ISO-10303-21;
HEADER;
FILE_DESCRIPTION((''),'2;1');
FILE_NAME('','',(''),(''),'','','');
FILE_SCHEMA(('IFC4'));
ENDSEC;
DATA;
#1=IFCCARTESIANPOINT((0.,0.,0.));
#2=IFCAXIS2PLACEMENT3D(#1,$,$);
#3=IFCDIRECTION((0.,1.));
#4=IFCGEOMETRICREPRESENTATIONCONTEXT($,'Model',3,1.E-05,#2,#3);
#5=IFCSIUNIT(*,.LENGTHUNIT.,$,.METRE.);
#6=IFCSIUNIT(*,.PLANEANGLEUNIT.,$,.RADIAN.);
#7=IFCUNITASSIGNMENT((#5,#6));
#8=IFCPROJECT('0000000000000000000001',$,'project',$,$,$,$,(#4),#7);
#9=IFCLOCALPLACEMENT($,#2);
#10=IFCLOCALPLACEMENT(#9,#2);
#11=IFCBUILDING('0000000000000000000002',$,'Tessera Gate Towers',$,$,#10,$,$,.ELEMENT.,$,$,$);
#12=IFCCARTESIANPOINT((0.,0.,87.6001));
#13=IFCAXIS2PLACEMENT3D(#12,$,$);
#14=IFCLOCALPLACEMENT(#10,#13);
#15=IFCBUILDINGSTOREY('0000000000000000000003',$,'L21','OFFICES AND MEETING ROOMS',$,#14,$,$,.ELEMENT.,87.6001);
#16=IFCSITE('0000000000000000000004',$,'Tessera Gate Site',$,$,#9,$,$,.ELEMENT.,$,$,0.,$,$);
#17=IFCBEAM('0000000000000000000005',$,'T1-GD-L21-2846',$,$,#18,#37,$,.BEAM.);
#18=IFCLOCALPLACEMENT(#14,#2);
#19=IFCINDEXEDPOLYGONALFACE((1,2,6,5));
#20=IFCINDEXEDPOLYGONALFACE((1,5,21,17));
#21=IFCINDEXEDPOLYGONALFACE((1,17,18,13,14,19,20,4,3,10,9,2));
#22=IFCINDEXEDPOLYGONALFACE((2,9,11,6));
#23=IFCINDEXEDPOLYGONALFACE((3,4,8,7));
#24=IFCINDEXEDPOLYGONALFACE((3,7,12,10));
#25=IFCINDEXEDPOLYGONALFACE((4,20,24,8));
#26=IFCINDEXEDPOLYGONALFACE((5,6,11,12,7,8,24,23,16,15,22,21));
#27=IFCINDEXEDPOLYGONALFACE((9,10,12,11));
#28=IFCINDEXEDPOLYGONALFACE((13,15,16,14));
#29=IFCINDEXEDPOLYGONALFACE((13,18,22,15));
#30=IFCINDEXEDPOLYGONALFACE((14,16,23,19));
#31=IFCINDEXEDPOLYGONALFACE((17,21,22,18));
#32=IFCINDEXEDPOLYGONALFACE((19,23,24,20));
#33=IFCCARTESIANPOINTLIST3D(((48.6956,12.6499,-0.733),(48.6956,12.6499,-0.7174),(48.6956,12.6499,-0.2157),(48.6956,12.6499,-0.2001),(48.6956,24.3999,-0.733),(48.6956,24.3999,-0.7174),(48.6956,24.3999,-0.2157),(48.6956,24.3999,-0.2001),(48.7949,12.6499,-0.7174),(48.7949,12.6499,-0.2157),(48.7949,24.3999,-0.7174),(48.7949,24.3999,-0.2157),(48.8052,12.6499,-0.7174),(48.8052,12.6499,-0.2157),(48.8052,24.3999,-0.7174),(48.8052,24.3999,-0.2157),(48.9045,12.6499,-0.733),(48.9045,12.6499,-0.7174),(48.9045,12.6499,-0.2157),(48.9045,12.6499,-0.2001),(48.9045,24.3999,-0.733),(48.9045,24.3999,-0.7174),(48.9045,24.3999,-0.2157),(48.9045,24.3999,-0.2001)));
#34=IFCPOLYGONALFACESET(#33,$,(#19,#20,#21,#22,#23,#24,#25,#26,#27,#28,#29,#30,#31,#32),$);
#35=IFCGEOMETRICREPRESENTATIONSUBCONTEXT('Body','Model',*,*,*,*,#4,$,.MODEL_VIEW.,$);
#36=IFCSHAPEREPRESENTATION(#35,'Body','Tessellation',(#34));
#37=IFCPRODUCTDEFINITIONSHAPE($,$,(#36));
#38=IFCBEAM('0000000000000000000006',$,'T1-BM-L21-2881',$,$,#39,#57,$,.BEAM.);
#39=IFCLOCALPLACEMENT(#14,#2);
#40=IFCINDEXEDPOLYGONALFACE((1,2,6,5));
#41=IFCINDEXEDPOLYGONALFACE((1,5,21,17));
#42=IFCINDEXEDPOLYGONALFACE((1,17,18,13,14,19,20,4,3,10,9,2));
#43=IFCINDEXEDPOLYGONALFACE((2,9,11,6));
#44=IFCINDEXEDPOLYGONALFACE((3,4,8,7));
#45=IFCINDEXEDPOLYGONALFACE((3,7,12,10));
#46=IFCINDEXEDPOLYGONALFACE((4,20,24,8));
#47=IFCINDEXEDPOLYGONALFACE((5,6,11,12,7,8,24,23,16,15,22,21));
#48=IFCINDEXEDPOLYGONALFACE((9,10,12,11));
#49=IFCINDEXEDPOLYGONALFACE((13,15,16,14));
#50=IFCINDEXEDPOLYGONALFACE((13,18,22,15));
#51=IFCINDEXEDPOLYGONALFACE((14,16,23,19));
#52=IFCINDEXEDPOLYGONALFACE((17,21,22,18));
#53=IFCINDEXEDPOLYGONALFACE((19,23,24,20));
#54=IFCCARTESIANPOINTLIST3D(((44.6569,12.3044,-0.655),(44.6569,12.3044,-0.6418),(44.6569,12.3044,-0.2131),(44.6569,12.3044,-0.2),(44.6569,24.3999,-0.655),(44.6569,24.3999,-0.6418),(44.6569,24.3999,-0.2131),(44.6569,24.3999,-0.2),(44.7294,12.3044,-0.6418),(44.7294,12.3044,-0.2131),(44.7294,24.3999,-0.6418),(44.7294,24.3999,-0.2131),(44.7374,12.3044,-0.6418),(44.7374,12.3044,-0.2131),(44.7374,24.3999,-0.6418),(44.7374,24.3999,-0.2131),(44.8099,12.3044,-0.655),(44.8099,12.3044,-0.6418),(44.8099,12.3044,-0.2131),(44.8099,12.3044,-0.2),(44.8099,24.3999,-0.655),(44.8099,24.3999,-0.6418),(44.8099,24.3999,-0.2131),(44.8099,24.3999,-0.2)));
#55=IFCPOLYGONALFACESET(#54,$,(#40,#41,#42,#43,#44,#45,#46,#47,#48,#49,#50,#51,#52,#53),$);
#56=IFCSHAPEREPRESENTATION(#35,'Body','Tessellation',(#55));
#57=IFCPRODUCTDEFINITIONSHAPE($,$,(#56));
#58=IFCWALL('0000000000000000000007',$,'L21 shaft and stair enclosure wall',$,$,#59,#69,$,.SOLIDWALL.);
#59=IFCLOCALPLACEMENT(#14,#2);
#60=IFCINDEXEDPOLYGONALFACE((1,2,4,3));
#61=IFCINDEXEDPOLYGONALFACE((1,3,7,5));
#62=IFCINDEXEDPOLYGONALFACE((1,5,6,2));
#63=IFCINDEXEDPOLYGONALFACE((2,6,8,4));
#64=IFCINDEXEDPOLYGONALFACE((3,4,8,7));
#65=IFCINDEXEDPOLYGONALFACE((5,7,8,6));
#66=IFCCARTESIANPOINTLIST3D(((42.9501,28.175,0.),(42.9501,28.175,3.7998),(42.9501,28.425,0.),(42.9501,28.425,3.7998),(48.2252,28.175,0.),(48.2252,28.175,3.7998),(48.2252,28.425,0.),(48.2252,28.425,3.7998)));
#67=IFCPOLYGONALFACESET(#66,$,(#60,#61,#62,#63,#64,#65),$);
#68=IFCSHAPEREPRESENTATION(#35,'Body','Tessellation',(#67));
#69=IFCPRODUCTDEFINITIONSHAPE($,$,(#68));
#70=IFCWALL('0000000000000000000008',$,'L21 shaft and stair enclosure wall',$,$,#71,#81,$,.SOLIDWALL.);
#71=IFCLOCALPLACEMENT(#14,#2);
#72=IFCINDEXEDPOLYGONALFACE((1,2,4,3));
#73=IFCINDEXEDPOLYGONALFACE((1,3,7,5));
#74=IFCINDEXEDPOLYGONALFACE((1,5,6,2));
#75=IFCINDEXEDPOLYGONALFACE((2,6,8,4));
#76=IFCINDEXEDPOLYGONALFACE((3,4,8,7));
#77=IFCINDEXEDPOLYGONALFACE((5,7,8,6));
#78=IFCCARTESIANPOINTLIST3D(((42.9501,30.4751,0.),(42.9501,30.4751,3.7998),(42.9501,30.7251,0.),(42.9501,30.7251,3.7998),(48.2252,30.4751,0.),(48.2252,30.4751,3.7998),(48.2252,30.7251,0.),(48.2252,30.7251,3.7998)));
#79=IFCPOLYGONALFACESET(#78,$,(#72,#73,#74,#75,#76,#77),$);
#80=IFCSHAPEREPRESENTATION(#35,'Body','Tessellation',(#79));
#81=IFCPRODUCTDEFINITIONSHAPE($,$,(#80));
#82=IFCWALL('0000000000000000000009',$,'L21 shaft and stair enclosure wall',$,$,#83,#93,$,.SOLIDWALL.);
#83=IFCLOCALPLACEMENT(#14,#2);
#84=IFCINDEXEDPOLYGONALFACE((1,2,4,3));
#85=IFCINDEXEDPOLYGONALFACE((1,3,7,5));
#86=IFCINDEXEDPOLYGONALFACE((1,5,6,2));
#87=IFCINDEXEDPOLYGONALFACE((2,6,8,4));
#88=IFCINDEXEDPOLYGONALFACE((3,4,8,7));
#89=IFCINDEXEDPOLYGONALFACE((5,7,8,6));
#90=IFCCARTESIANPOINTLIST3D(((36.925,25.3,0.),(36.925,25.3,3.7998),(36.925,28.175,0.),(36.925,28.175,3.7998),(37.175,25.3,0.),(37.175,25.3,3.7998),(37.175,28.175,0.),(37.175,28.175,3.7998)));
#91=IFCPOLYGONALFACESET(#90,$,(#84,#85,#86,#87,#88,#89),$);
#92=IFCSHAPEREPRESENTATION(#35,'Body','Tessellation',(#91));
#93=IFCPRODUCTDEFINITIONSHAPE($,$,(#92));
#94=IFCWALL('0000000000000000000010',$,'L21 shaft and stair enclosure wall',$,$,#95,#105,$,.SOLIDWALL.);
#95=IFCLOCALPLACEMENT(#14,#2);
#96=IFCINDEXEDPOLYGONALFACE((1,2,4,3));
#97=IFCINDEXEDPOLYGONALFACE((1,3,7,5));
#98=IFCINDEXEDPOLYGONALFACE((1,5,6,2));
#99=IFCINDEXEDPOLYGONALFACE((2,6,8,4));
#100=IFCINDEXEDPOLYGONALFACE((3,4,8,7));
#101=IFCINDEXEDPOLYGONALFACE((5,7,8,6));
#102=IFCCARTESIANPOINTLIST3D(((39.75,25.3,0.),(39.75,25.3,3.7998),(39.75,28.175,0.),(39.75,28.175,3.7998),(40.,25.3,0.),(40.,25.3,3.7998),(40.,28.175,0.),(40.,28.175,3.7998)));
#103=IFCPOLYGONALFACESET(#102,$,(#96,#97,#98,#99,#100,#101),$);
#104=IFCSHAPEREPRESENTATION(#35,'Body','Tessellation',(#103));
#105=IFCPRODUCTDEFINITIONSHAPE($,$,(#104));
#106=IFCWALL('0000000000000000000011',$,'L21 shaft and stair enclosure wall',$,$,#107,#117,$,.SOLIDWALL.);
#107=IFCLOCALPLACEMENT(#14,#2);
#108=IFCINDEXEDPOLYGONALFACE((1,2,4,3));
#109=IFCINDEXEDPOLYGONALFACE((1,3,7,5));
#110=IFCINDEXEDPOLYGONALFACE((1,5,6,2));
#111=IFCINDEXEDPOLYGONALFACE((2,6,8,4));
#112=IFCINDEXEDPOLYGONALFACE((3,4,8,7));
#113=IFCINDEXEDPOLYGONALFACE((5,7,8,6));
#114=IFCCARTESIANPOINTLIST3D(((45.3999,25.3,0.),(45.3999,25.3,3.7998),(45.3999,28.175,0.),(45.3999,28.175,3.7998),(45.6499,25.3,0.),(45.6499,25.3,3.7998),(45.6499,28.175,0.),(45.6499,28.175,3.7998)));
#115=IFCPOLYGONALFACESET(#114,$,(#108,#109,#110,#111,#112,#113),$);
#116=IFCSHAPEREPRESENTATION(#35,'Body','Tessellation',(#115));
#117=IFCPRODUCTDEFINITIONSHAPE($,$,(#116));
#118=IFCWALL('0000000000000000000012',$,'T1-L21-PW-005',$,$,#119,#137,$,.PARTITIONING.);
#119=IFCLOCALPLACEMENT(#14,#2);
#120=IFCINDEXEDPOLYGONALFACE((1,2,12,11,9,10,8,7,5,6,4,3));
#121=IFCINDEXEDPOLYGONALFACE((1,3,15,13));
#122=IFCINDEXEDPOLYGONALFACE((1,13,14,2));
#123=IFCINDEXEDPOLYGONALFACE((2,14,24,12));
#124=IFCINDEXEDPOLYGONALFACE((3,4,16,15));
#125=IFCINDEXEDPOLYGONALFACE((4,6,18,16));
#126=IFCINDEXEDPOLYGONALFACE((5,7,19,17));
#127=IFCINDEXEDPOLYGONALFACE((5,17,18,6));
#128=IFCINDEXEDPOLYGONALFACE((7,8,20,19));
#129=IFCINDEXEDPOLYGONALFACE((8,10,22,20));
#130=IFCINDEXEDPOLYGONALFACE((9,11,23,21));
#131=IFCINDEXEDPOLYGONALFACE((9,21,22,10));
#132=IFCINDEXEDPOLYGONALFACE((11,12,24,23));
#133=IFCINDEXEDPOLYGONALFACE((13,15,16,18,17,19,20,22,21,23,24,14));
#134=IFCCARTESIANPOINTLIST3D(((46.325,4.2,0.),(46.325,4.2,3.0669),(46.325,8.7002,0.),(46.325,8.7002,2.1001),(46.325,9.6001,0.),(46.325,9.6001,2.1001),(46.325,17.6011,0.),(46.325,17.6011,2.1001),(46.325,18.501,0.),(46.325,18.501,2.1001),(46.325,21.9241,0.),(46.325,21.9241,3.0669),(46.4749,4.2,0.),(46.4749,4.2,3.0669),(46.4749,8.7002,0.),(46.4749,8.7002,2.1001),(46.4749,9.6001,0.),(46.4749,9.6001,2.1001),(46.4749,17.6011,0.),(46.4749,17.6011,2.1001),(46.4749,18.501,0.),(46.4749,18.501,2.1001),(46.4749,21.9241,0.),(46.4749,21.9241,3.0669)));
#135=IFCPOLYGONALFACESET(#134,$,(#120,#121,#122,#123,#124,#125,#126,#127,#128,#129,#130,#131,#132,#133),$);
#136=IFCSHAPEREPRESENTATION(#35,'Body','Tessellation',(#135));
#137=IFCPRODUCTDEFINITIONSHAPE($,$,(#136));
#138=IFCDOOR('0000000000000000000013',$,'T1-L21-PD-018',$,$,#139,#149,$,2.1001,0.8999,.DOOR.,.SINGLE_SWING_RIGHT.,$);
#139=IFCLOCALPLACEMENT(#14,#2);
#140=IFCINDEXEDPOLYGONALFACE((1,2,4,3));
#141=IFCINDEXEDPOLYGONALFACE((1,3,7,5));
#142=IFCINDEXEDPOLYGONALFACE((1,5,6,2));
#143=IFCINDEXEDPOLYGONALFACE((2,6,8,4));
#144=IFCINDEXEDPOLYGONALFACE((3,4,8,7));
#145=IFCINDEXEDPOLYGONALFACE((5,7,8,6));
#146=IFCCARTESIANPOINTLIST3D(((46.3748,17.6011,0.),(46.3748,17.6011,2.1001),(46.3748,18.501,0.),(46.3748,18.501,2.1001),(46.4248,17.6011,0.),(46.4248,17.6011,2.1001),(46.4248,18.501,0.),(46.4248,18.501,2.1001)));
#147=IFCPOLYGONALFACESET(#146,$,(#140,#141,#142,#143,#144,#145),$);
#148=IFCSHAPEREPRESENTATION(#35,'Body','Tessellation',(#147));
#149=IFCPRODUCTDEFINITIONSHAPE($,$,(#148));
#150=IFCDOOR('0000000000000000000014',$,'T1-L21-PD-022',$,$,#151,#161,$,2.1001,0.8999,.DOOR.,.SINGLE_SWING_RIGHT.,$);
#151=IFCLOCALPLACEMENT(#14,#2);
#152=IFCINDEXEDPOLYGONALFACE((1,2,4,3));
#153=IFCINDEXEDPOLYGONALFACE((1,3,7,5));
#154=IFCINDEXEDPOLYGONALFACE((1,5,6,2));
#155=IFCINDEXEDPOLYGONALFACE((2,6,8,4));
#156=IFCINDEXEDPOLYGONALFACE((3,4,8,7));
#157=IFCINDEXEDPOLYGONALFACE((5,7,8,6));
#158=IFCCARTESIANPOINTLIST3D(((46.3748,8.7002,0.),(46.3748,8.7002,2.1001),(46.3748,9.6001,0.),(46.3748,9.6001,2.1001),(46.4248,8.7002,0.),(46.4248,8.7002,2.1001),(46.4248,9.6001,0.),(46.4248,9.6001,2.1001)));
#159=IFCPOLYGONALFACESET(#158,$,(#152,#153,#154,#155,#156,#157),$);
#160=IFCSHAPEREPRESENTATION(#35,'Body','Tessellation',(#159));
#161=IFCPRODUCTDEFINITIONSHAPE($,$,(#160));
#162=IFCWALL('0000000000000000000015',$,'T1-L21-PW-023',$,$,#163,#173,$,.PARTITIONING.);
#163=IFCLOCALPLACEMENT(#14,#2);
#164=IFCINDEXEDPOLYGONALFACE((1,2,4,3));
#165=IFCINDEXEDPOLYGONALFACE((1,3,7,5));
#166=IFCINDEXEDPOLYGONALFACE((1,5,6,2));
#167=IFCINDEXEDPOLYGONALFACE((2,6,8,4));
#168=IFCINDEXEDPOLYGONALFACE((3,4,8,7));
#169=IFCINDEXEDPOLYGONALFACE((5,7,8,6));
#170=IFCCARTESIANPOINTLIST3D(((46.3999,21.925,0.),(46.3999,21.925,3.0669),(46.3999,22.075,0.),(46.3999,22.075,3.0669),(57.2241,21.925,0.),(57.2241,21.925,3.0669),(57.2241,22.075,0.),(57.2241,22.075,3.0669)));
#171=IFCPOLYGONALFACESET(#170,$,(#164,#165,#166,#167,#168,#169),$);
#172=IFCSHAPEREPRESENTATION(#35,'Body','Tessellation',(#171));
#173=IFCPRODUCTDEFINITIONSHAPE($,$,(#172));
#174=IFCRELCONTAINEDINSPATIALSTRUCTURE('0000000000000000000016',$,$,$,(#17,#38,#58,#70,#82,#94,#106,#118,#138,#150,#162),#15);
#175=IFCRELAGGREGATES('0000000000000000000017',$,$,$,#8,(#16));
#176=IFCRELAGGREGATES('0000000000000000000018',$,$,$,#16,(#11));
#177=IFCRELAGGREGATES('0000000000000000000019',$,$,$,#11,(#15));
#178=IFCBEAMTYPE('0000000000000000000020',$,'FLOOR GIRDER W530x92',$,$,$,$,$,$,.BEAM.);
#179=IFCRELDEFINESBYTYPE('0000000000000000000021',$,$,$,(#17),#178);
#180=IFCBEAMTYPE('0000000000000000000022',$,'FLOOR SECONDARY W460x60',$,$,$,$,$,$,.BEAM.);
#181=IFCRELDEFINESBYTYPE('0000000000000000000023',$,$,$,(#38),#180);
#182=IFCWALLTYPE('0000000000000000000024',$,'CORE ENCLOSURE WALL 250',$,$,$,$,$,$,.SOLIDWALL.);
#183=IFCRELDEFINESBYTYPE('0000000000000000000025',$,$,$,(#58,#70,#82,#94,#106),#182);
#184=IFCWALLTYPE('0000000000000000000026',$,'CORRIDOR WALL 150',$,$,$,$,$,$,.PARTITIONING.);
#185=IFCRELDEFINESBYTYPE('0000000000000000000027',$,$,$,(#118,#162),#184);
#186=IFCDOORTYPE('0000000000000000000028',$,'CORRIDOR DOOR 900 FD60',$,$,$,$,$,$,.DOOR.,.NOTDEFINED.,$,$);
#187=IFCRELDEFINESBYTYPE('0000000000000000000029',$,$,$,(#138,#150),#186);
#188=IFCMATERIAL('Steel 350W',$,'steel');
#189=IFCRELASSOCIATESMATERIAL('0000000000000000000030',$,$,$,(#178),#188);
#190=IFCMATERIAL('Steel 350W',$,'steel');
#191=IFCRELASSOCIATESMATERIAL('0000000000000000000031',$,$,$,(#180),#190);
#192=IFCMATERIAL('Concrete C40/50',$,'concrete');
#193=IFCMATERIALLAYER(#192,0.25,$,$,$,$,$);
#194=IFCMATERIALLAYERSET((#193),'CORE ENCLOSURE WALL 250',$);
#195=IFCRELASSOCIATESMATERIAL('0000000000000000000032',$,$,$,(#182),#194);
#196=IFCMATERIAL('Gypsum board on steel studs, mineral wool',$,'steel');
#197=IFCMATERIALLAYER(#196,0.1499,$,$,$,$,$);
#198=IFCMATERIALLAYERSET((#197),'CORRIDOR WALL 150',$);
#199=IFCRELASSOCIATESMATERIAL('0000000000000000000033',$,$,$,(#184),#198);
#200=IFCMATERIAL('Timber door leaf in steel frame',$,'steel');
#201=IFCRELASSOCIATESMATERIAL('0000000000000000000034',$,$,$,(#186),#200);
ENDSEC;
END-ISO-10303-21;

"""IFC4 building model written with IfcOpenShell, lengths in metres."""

from ifc_helpers import new_model, si_unit, direction, frame, frame_2d, origin, origin_2d, place, context, subcontext, project, spatial, rectangle, i_section, extrude, source, transform, mapped, material, layer, layer_set, material_profile, profile_set, type_object, element, fill, save


model = new_model("IFC4")

# Units and contexts
model_context = context("Model", 3, precision=1e-05, world=origin(), true_north=direction((0.0, 1.0)))
body_context = subcontext(model_context, "Body", "Model", "MODEL_VIEW")
ifc_project = project(units=[si_unit("LENGTHUNIT", "METRE"), si_unit("PLANEANGLEUNIT", "RADIAN")], contexts=[model_context])

# Site, building, storey
site_placement = place(None, origin())
site = spatial("IfcSite", under=ifc_project, at=site_placement, Name="Tessera Gate Site", CompositionType="ELEMENT", RefElevation=0.0)
building_placement = place(site_placement, origin())
building = spatial("IfcBuilding", under=site, at=building_placement, Name="Tessera Gate Towers", CompositionType="ELEMENT")
storey_placement = place(building_placement, frame((0.0, 0.0, 87.6001)))
storey = spatial("IfcBuildingStorey", under=building, at=storey_placement, Name="L21", Description="OFFICES AND MEETING ROOMS", CompositionType="ELEMENT", Elevation=87.6001)

# Beams
ifc_material_1 = material(Name="Steel 350W", Category="steel")
ifc_material_profile_1 = material_profile(ifc_material_1, i_section(OverallWidth=0.209, OverallDepth=0.533, WebThickness=0.0103, FlangeThickness=0.0156, at=origin_2d()), Name="W530x92")
ifc_profile_set_1 = profile_set([ifc_material_profile_1], Name="Steel 350W")
beam_type_1 = type_object("IfcBeamType", Name="FLOOR GIRDER W530x92", PredefinedType="BEAM", material=ifc_profile_set_1)
beam_1_placement = place(storey_placement, frame((48.8, 12.6499, -0.4666), z_axis=(0.0, 1.0, 0.0), x_axis=(-1.0, 0.0, 0.0)))
element("IfcBeam", 1, at=beam_1_placement, inside=storey, type_object=beam_type_1, Name="T1-GD-L21-2846", PredefinedType="BEAM", context=body_context, shape_type="SweptSolid", body=[
    extrude(i_section(OverallWidth=0.209, OverallDepth=0.533, WebThickness=0.0103, FlangeThickness=0.0156, at=origin_2d()), origin(), (0.0, 0.0, 1.0), 11.75),
])
ifc_material_2 = material(Name="Steel 350W", Category="steel")
ifc_material_profile_2 = material_profile(ifc_material_2, i_section(OverallWidth=0.1531, OverallDepth=0.4551, WebThickness=0.0081, FlangeThickness=0.0132, at=origin_2d()), Name="W460x60")
ifc_profile_set_2 = profile_set([ifc_material_profile_2], Name="Steel 350W")
beam_type_2 = type_object("IfcBeamType", Name="FLOOR SECONDARY W460x60", PredefinedType="BEAM", material=ifc_profile_set_2)
beam_2_placement = place(storey_placement, frame((44.7334, 12.3044, -0.4275), z_axis=(0.0, 1.0, 0.0), x_axis=(-1.0, 0.0, 0.0)))
element("IfcBeam", 2, at=beam_2_placement, inside=storey, type_object=beam_type_2, Name="T1-BM-L21-2881", PredefinedType="BEAM", context=body_context, shape_type="SweptSolid", body=[
    extrude(i_section(OverallWidth=0.1531, OverallDepth=0.4551, WebThickness=0.0081, FlangeThickness=0.0132, at=origin_2d()), origin(), (0.0, 0.0, 1.0), 12.0955),
])

# Walls
ifc_material_3 = material(Name="Concrete C40/50", Category="concrete")
ifc_layer_1 = layer(ifc_material_3, 0.25)
ifc_layer_set_1 = layer_set([ifc_layer_1], Name="CORE ENCLOSURE WALL 250")
wall_type_1 = type_object("IfcWallType", Name="CORE ENCLOSURE WALL 250", PredefinedType="SOLIDWALL", material=ifc_layer_set_1)
for number, where, z_axis, x_axis, name in (
    (3, (42.95, 28.3, 0.0), (0.0, 0.0, 1.0), (1.0, 0.0, 0.0), "L21 shaft and stair enclosure wall"),
    (4, (42.95, 30.6001, 0.0), (0.0, 0.0, 1.0), (1.0, 0.0, 0.0), "L21 shaft and stair enclosure wall"),
):
    element("IfcWall", number, at=place(storey_placement, frame(where, z_axis=z_axis, x_axis=x_axis)), inside=storey, type_object=wall_type_1, Name=name, PredefinedType="SOLIDWALL", context=body_context, shape_type="SweptSolid", body=[
        extrude(rectangle(XDim=5.2751, YDim=0.25, at=frame_2d((2.6377, 0.0))), origin(), (0.0, 0.0, 1.0), 3.7998),
    ])
for number, where, z_axis, x_axis, name in (
    (5, (37.05, 25.3, 0.0), (0.0, 0.0, 1.0), (0.0, 1.0, 0.0), "L21 shaft and stair enclosure wall"),
    (6, (39.875, 25.3, 0.0), (0.0, 0.0, 1.0), (0.0, 1.0, 0.0), "L21 shaft and stair enclosure wall"),
    (7, (45.5249, 25.3, 0.0), (0.0, 0.0, 1.0), (0.0, 1.0, 0.0), "L21 shaft and stair enclosure wall"),
):
    element("IfcWall", number, at=place(storey_placement, frame(where, z_axis=z_axis, x_axis=x_axis)), inside=storey, type_object=wall_type_1, Name=name, PredefinedType="SOLIDWALL", context=body_context, shape_type="SweptSolid", body=[
        extrude(rectangle(XDim=2.875, YDim=0.25, at=frame_2d((1.4375, 0.0))), origin(), (0.0, 0.0, 1.0), 3.7998),
    ])

# Wall, openings, doors
ifc_material_4 = material(Name="Gypsum board on steel studs, mineral wool", Category="steel")
ifc_layer_2 = layer(ifc_material_4, 0.1499)
ifc_layer_set_2 = layer_set([ifc_layer_2], Name="CORRIDOR WALL 150")
wall_type_2 = type_object("IfcWallType", Name="CORRIDOR WALL 150", PredefinedType="PARTITIONING", material=ifc_layer_set_2)
wall_1_placement = place(storey_placement, frame((46.3999, 21.9241, 0.0), z_axis=(0.0, 0.0, 1.0), x_axis=(0.0, -1.0, 0.0)))
wall_1 = element("IfcWall", 8, at=wall_1_placement, inside=storey, type_object=wall_type_2, Name="T1-L21-PW-005", PredefinedType="PARTITIONING", context=body_context, shape_type="SweptSolid", body=[
    extrude(rectangle(XDim=17.7241, YDim=0.1499, at=frame_2d((8.8621, 0.0))), origin(), (0.0, 0.0, 1.0), 3.0669),
])
shared_shape_1 = source(origin(), body_context, "Body", "SweptSolid", [
    extrude(rectangle(XDim=0.8999, YDim=2.1001, at=frame_2d((0.45, 1.05))), frame((0.0, 0.085, 0.0), z_axis=(0.0, -1.0, 0.0), x_axis=(1.0, 0.0, 0.0)), (0.0, 0.0, 1.0), 0.1699),
])
opening_1_placement = place(wall_1_placement, frame((3.4231, 0.0, 0.0)))
opening_1 = element("IfcOpeningElement", 9, at=opening_1_placement, cuts=wall_1, PredefinedType="OPENING", context=body_context, shape_type="MappedRepresentation", body=[
    mapped(shared_shape_1, transform((0.0, 0.0, 0.0), scale=1.0)),
])
opening_2_placement = place(wall_1_placement, frame((12.324, 0.0, 0.0)))
opening_2 = element("IfcOpeningElement", 10, at=opening_2_placement, cuts=wall_1, PredefinedType="OPENING", context=body_context, shape_type="MappedRepresentation", body=[
    mapped(shared_shape_1, transform((0.0, 0.0, 0.0), scale=1.0)),
])
ifc_material_5 = material(Name="Timber door leaf in steel frame", Category="steel")
door_type = type_object("IfcDoorType", Name="CORRIDOR DOOR 900 FD60", OperationType="NOTDEFINED", PredefinedType="DOOR", material=ifc_material_5)
shared_shape_2 = source(origin(), body_context, "Body", "SweptSolid", [
    extrude(rectangle(XDim=0.8999, YDim=2.1001, at=frame_2d((0.45, 1.05))), frame((0.0, 0.0249, 0.0), z_axis=(0.0, -1.0, 0.0), x_axis=(1.0, 0.0, 0.0)), (0.0, 0.0, 1.0), 0.05),
])
door_1_placement = place(opening_1_placement, origin())
door_1 = element("IfcDoor", 11, at=door_1_placement, inside=storey, type_object=door_type, Name="T1-L21-PD-018", OperationType="SINGLE_SWING_RIGHT", OverallHeight=2.1001, OverallWidth=0.8999, PredefinedType="DOOR", context=body_context, shape_type="MappedRepresentation", body=[
    mapped(shared_shape_2, transform((0.0, 0.0, 0.0), scale=1.0)),
])
fill(opening_1, door_1)
door_2_placement = place(opening_2_placement, origin())
door_2 = element("IfcDoor", 12, at=door_2_placement, inside=storey, type_object=door_type, Name="T1-L21-PD-022", OperationType="SINGLE_SWING_RIGHT", OverallHeight=2.1001, OverallWidth=0.8999, PredefinedType="DOOR", context=body_context, shape_type="MappedRepresentation", body=[
    mapped(shared_shape_2, transform((0.0, 0.0, 0.0), scale=1.0)),
])
fill(opening_2, door_2)

# Wall
wall_2_placement = place(storey_placement, frame((46.3999, 22.0, 0.0), z_axis=(0.0, 0.0, 1.0), x_axis=(1.0, 0.0, 0.0)))
element("IfcWall", 13, at=wall_2_placement, inside=storey, type_object=wall_type_2, Name="T1-L21-PW-023", PredefinedType="PARTITIONING", context=body_context, shape_type="SweptSolid", body=[
    extrude(rectangle(XDim=10.8242, YDim=0.1499, at=frame_2d((5.4121, 0.0))), origin(), (0.0, 0.0, 1.0), 3.0669),
])

save(model, "model.ifc")
